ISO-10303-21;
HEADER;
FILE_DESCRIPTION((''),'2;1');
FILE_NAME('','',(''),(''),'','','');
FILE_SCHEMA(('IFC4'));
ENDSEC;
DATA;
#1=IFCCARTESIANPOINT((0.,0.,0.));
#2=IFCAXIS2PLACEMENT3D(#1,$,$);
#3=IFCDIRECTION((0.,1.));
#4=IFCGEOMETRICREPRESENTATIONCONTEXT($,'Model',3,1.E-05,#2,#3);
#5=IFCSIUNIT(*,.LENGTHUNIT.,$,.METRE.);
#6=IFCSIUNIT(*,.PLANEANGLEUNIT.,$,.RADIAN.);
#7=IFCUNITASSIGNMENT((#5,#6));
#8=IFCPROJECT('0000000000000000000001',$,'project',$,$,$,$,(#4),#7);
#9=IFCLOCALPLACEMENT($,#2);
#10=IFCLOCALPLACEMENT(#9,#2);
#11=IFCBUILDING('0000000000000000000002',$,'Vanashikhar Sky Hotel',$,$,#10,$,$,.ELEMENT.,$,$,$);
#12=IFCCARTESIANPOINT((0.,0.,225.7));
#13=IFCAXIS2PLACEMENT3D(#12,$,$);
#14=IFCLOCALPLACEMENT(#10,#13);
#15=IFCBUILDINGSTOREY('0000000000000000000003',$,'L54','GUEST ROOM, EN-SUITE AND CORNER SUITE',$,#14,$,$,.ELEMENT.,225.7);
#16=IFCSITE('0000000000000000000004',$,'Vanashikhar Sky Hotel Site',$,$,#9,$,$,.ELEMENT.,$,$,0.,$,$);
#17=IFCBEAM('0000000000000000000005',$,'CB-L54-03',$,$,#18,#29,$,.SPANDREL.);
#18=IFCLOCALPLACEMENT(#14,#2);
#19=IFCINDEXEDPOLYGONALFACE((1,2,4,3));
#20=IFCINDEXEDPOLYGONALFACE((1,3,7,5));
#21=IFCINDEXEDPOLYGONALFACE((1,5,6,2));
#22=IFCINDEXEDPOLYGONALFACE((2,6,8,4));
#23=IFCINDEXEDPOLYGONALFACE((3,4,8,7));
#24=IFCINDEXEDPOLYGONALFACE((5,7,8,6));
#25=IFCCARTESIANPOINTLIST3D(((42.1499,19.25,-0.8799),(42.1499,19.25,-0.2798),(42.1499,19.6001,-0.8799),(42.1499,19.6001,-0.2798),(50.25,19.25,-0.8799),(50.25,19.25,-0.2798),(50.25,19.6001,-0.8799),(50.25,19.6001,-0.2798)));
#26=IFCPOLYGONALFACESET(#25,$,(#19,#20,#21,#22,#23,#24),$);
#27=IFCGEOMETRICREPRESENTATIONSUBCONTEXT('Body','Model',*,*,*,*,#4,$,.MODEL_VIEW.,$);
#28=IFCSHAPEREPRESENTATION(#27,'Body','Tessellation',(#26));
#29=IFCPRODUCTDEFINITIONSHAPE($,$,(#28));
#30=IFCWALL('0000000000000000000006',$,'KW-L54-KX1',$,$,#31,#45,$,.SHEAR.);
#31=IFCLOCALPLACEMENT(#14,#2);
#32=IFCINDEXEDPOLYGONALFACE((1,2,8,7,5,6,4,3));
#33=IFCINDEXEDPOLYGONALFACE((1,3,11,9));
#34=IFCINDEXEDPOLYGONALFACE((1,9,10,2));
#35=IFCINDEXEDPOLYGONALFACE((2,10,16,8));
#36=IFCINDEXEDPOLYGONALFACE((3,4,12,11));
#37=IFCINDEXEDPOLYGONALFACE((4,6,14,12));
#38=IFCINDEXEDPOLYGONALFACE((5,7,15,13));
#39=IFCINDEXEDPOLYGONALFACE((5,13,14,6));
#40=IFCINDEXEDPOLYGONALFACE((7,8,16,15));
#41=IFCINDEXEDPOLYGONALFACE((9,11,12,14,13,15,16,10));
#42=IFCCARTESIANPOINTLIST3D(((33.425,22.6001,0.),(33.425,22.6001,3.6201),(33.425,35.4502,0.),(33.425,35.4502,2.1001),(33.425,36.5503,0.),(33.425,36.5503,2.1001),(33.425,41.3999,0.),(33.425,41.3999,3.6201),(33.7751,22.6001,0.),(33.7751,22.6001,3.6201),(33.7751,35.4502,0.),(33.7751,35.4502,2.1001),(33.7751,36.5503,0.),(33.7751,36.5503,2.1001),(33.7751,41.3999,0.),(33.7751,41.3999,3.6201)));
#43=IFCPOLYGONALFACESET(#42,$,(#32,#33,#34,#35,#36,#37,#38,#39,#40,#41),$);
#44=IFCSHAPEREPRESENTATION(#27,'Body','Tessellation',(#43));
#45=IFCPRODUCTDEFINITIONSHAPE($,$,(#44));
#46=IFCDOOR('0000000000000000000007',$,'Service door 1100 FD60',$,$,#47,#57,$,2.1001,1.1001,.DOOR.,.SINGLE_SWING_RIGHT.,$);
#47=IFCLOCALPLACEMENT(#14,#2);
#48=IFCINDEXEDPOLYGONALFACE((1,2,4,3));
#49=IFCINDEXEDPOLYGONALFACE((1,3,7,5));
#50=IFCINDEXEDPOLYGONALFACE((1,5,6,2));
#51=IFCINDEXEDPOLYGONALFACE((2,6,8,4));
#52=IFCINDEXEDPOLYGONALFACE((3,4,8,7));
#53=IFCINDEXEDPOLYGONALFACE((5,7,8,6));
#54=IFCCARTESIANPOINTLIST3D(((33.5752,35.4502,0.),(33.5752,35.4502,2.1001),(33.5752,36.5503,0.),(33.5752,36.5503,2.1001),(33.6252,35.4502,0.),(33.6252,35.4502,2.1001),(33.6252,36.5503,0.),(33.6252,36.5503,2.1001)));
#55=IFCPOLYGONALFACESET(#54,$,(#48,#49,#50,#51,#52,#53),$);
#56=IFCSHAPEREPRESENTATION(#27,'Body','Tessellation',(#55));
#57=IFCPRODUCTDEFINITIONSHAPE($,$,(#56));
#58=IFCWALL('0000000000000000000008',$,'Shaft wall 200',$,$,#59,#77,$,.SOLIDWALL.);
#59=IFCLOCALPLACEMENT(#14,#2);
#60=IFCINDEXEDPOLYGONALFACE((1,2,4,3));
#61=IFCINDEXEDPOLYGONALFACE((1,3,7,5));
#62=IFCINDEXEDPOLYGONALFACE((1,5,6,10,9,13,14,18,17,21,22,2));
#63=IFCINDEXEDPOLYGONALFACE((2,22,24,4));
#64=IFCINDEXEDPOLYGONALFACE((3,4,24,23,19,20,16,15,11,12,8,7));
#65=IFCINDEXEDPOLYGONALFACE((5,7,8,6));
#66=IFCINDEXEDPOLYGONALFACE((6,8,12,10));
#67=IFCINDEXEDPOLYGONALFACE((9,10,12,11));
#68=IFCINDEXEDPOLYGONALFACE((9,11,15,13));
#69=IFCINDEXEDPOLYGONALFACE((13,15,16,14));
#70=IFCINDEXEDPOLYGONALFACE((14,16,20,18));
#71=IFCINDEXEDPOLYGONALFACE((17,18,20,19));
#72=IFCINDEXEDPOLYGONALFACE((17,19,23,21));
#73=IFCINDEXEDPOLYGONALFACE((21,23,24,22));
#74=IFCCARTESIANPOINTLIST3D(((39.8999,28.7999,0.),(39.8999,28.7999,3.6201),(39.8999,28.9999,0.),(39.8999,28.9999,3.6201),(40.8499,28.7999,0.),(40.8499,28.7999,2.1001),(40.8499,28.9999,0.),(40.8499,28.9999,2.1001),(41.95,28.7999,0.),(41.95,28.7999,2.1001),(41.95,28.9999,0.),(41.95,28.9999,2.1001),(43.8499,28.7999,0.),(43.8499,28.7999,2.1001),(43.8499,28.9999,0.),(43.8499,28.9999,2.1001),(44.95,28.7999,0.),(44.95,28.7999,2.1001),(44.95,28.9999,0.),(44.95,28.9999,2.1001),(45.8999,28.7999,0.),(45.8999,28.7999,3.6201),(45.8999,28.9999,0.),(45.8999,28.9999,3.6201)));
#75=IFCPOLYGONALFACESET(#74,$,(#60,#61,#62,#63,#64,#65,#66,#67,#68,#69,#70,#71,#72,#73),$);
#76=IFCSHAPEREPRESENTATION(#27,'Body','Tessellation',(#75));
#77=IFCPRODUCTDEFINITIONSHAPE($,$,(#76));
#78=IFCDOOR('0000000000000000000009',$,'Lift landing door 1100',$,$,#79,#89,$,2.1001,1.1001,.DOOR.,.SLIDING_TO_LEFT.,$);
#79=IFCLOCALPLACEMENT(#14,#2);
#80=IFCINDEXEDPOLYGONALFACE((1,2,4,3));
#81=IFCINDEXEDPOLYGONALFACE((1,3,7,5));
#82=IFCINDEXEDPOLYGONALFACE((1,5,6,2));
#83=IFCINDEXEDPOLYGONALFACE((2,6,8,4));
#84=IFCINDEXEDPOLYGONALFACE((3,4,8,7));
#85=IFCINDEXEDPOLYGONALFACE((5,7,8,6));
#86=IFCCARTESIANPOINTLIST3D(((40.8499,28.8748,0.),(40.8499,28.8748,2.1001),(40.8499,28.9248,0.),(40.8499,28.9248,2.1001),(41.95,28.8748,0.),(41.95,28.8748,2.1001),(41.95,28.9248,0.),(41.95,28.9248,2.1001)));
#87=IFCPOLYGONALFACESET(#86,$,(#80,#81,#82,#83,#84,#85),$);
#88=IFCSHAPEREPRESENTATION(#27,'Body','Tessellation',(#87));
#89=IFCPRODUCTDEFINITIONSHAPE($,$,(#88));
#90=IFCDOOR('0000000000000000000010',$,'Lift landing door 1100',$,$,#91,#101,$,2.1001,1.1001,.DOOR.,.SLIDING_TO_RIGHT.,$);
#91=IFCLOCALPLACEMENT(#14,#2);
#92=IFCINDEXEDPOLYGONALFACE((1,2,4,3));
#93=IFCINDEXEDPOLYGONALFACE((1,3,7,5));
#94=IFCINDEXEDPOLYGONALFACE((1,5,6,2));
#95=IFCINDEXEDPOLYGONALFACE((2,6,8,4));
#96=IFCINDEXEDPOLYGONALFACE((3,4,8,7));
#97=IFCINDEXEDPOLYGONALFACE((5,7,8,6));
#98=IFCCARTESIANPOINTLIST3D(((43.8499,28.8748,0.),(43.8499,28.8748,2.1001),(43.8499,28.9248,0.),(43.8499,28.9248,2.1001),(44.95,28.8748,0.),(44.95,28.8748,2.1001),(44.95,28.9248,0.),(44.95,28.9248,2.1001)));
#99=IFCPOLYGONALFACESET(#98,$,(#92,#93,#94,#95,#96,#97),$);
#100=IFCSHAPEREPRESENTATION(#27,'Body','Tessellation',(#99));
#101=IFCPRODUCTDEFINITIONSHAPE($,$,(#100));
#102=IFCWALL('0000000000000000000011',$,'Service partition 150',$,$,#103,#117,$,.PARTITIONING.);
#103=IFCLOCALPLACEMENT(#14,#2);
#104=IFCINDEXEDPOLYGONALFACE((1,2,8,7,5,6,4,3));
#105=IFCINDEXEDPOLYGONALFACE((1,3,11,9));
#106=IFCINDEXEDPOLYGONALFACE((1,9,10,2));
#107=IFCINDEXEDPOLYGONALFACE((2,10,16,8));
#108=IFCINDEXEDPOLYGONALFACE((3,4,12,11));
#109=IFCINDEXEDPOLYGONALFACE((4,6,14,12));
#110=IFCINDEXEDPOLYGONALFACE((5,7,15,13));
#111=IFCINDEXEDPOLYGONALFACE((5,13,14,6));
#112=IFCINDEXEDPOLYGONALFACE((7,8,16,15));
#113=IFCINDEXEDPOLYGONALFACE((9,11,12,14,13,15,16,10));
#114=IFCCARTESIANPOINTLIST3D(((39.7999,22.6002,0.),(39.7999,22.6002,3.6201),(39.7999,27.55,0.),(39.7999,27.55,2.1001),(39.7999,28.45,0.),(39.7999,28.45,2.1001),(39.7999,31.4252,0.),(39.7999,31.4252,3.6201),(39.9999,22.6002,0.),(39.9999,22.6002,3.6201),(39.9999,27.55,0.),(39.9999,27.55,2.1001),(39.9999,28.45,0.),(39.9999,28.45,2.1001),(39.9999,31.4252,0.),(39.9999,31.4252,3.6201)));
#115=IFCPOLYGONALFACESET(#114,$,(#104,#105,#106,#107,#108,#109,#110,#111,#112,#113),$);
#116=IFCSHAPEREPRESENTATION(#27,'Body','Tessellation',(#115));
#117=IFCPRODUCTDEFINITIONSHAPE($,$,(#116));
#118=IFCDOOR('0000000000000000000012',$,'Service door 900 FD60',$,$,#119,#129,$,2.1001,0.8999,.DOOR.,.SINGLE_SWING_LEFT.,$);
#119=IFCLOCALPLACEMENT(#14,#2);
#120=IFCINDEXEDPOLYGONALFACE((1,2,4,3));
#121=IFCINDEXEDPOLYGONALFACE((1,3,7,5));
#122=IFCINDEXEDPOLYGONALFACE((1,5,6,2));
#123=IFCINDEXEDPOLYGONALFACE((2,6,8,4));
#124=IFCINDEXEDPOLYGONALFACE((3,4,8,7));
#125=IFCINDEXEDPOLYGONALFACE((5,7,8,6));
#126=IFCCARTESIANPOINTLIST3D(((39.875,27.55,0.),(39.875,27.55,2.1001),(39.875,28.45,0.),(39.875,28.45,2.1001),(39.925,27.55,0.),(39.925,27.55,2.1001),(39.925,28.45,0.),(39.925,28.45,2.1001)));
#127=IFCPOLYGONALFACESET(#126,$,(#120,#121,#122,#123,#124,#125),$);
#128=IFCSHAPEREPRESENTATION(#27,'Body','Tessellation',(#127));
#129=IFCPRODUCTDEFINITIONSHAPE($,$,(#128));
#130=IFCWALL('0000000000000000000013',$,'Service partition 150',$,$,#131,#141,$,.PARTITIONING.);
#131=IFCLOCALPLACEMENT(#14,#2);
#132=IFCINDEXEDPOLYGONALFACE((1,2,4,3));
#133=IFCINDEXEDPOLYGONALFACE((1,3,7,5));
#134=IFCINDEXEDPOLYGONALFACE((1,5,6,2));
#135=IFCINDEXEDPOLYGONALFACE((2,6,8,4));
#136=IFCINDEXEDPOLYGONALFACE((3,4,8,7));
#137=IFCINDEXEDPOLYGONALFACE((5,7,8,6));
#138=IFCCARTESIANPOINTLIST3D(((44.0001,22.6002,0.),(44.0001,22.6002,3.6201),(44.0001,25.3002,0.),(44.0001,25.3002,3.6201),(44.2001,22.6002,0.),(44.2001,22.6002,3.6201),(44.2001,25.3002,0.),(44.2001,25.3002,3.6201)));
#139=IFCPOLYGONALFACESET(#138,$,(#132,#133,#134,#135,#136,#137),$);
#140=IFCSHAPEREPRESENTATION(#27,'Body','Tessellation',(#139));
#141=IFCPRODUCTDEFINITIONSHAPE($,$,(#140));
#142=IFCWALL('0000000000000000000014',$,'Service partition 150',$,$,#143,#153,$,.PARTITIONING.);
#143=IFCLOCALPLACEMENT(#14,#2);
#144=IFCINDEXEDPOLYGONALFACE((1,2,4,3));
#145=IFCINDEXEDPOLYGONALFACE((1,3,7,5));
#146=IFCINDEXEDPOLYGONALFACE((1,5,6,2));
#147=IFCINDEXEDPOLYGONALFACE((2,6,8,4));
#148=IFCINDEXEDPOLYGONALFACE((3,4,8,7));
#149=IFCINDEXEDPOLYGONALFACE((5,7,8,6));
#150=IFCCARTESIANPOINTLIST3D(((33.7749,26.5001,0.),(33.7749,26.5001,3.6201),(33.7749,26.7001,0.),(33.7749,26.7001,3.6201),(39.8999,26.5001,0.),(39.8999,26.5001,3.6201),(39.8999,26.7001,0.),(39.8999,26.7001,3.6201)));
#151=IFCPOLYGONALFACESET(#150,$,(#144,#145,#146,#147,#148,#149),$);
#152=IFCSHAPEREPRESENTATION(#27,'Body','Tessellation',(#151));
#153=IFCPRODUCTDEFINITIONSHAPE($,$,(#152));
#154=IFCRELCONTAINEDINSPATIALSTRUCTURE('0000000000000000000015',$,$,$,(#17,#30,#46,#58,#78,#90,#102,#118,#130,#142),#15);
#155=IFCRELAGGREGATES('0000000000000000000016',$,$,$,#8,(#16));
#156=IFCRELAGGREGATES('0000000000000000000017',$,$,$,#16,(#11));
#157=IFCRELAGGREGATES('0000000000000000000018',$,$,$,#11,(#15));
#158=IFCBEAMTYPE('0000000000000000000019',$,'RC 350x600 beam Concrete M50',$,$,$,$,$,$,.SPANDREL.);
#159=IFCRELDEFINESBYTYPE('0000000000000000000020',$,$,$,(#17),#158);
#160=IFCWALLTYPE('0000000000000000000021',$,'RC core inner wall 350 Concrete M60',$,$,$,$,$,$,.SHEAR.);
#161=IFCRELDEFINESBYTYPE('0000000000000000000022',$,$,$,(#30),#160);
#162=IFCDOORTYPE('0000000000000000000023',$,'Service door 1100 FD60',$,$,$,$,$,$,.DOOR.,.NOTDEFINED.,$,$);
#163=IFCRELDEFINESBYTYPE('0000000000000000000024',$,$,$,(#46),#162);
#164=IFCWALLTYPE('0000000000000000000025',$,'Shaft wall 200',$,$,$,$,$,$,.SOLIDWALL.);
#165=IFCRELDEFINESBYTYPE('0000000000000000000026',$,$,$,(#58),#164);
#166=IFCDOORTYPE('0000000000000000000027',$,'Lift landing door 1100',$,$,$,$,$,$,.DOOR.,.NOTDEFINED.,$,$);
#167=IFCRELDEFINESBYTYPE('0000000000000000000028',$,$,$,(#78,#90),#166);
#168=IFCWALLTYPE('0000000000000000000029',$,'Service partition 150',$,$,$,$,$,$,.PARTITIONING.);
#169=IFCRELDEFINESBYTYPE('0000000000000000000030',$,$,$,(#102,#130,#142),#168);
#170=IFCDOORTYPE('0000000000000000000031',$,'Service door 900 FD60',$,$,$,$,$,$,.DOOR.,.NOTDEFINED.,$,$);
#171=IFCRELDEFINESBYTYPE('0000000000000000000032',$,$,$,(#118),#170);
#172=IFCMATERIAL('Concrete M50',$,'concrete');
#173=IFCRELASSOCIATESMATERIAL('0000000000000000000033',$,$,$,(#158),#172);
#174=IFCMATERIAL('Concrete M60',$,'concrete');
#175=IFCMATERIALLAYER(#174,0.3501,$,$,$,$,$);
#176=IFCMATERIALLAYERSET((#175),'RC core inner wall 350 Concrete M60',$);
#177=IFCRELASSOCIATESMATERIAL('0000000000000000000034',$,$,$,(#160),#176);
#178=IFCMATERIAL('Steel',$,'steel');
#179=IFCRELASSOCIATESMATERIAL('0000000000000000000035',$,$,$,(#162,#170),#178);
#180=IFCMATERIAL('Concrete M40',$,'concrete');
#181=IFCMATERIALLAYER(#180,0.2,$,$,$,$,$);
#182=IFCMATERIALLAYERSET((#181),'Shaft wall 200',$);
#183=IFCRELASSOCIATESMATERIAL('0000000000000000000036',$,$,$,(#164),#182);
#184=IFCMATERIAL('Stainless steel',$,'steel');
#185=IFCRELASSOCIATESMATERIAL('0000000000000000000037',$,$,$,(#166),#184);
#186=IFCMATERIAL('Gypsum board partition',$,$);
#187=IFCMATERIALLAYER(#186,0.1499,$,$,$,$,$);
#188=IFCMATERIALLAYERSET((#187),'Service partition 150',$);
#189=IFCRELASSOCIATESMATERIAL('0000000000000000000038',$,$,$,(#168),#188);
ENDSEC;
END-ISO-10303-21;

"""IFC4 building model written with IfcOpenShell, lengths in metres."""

from ifc_helpers import new_model, si_unit, direction, frame, frame_2d, origin, origin_2d, place, context, subcontext, project, spatial, rectangle, extrude, source, transform, mapped, material, layer, layer_set, material_profile, profile_set, type_object, element, fill, save


model = new_model("IFC4")

# Units and contexts
model_context = context("Model", 3, precision=1e-05, world=origin(), true_north=direction((0.0, 1.0)))
body_context = subcontext(model_context, "Body", "Model", "MODEL_VIEW")
ifc_project = project(units=[si_unit("LENGTHUNIT", "METRE"), si_unit("PLANEANGLEUNIT", "RADIAN")], contexts=[model_context])

# Site, building, storey
site_placement = place(None, origin())
site = spatial("IfcSite", under=ifc_project, at=site_placement, Name="Vanashikhar Sky Hotel Site", CompositionType="ELEMENT", RefElevation=0.0)
building_placement = place(site_placement, origin())
building = spatial("IfcBuilding", under=site, at=building_placement, Name="Vanashikhar Sky Hotel", CompositionType="ELEMENT")
storey_placement = place(building_placement, frame((0.0, 0.0, 225.7)))
storey = spatial("IfcBuildingStorey", under=building, at=storey_placement, Name="L54", Description="GUEST ROOM, EN-SUITE AND CORNER SUITE", CompositionType="ELEMENT", Elevation=225.7)

# Beam
ifc_material_1 = material(Name="Concrete M50", Category="concrete")
ifc_material_profile = material_profile(ifc_material_1, rectangle(XDim=0.3501, YDim=0.6001, at=origin_2d()))
ifc_profile_set = profile_set([ifc_material_profile], Name="RC 350x600 beam Concrete M50")
beam_type = type_object("IfcBeamType", Name="RC 350x600 beam Concrete M50", PredefinedType="SPANDREL", material=ifc_profile_set)
shared_shape_1 = source(origin(), body_context, "Body", "SweptSolid", [
    extrude(rectangle(XDim=0.3501, YDim=0.6001, at=origin_2d()), origin(), (0.0, 0.0, 1.0), 8.1001),
])
beam_placement = place(storey_placement, frame((42.1499, 19.425, -0.5798), z_axis=(1.0, 0.0, 0.0), x_axis=(0.0, 1.0, 0.0)))
element("IfcBeam", 1, at=beam_placement, inside=storey, type_object=beam_type, Name="CB-L54-03", PredefinedType="SPANDREL", context=body_context, shape_type="MappedRepresentation", body=[
    mapped(shared_shape_1, transform((0.0, 0.0, 0.0), scale=1.0)),
])

# Wall, opening, door
ifc_material_2 = material(Name="Concrete M60", Category="concrete")
ifc_layer_1 = layer(ifc_material_2, 0.3501)
ifc_layer_set_1 = layer_set([ifc_layer_1], Name="RC core inner wall 350 Concrete M60")
wall_type_1 = type_object("IfcWallType", Name="RC core inner wall 350 Concrete M60", PredefinedType="SHEAR", material=ifc_layer_set_1)
shared_shape_2 = source(origin(), body_context, "Body", "SweptSolid", [
    extrude(rectangle(XDim=18.7998, YDim=0.3501, at=frame_2d((9.3999, 0.0))), origin(), (0.0, 0.0, 1.0), 3.6201),
])
wall_1_placement = place(storey_placement, frame((33.6001, 22.6001, 0.0), z_axis=(0.0, 0.0, 1.0), x_axis=(0.0, 1.0, 0.0)))
wall_1 = element("IfcWall", 2, at=wall_1_placement, inside=storey, type_object=wall_type_1, Name="KW-L54-KX1", PredefinedType="SHEAR", context=body_context, shape_type="MappedRepresentation", body=[
    mapped(shared_shape_2, transform((0.0, 0.0, 0.0), scale=1.0)),
])
shared_shape_3 = source(origin(), body_context, "Body", "SweptSolid", [
    extrude(rectangle(XDim=1.1001, YDim=2.1001, at=frame_2d((0.55, 1.05))), frame((0.0, 0.1851, 0.0), z_axis=(0.0, -1.0, 0.0), x_axis=(1.0, 0.0, 0.0)), (0.0, 0.0, 1.0), 0.3701),
])
opening_1_placement = place(wall_1_placement, frame((12.8501, 0.0, 0.0)))
opening_1 = element("IfcOpeningElement", 3, at=opening_1_placement, cuts=wall_1, PredefinedType="OPENING", context=body_context, shape_type="MappedRepresentation", body=[
    mapped(shared_shape_3, transform((0.0, 0.0, 0.0), scale=1.0)),
])
ifc_material_3 = material(Name="Steel", Category="steel")
door_type_1 = type_object("IfcDoorType", Name="Service door 1100 FD60", OperationType="NOTDEFINED", PredefinedType="DOOR", material=ifc_material_3)
shared_shape_4 = source(origin(), body_context, "Body", "SweptSolid", [
    extrude(rectangle(XDim=1.1001, YDim=2.1001, at=frame_2d((0.55, 1.05))), frame((0.0, 0.0249, 0.0), z_axis=(0.0, -1.0, 0.0), x_axis=(1.0, 0.0, 0.0)), (0.0, 0.0, 1.0), 0.05),
])
door_1_placement = place(opening_1_placement, origin())
door_1 = element("IfcDoor", 4, at=door_1_placement, inside=storey, type_object=door_type_1, Name="Service door 1100 FD60", OperationType="SINGLE_SWING_RIGHT", OverallHeight=2.1001, OverallWidth=1.1001, PredefinedType="DOOR", context=body_context, shape_type="MappedRepresentation", body=[
    mapped(shared_shape_4, transform((0.0, 0.0, 0.0), scale=1.0)),
])
fill(opening_1, door_1)

# Wall, openings, doors
ifc_material_4 = material(Name="Concrete M40", Category="concrete")
ifc_layer_2 = layer(ifc_material_4, 0.2)
ifc_layer_set_2 = layer_set([ifc_layer_2], Name="Shaft wall 200")
wall_type_2 = type_object("IfcWallType", Name="Shaft wall 200", PredefinedType="SOLIDWALL", material=ifc_layer_set_2)
shared_shape_5 = source(origin(), body_context, "Body", "SweptSolid", [
    extrude(rectangle(XDim=6.0, YDim=0.2, at=frame_2d((3.0, 0.0))), origin(), (0.0, 0.0, 1.0), 3.6201),
])
wall_2_placement = place(storey_placement, frame((39.8999, 28.8999, 0.0), z_axis=(0.0, 0.0, 1.0), x_axis=(1.0, 0.0, 0.0)))
wall_2 = element("IfcWall", 5, at=wall_2_placement, inside=storey, type_object=wall_type_2, Name="Shaft wall 200", PredefinedType="SOLIDWALL", context=body_context, shape_type="MappedRepresentation", body=[
    mapped(shared_shape_5, transform((0.0, 0.0, 0.0), scale=1.0)),
])
shared_shape_6 = source(origin(), body_context, "Body", "SweptSolid", [
    extrude(rectangle(XDim=1.1001, YDim=2.1001, at=frame_2d((0.55, 1.05))), frame((0.0, 0.1099, 0.0), z_axis=(0.0, -1.0, 0.0), x_axis=(1.0, 0.0, 0.0)), (0.0, 0.0, 1.0), 0.22),
])
opening_2_placement = place(wall_2_placement, frame((0.95, 0.0, 0.0)))
opening_2 = element("IfcOpeningElement", 6, at=opening_2_placement, cuts=wall_2, PredefinedType="OPENING", context=body_context, shape_type="MappedRepresentation", body=[
    mapped(shared_shape_6, transform((0.0, 0.0, 0.0), scale=1.0)),
])
opening_3_placement = place(wall_2_placement, frame((3.95, 0.0, 0.0)))
opening_3 = element("IfcOpeningElement", 7, at=opening_3_placement, cuts=wall_2, PredefinedType="OPENING", context=body_context, shape_type="MappedRepresentation", body=[
    mapped(shared_shape_6, transform((0.0, 0.0, 0.0), scale=1.0)),
])
ifc_material_5 = material(Name="Stainless steel", Category="steel")
door_type_2 = type_object("IfcDoorType", Name="Lift landing door 1100", OperationType="NOTDEFINED", PredefinedType="DOOR", material=ifc_material_5)
door_2_placement = place(opening_2_placement, origin())
door_2 = element("IfcDoor", 8, at=door_2_placement, inside=storey, type_object=door_type_2, Name="Lift landing door 1100", OperationType="SLIDING_TO_LEFT", OverallHeight=2.1001, OverallWidth=1.1001, PredefinedType="DOOR", context=body_context, shape_type="MappedRepresentation", body=[
    mapped(shared_shape_4, transform((0.0, 0.0, 0.0), scale=1.0)),
])
fill(opening_2, door_2)
door_3_placement = place(opening_3_placement, origin())
door_3 = element("IfcDoor", 9, at=door_3_placement, inside=storey, type_object=door_type_2, Name="Lift landing door 1100", OperationType="SLIDING_TO_RIGHT", OverallHeight=2.1001, OverallWidth=1.1001, PredefinedType="DOOR", context=body_context, shape_type="MappedRepresentation", body=[
    mapped(shared_shape_4, transform((0.0, 0.0, 0.0), scale=1.0)),
])
fill(opening_3, door_3)

# Wall, opening, door
ifc_material_6 = material(Name="Gypsum board partition")
ifc_layer_3 = layer(ifc_material_6, 0.1499)
ifc_layer_set_3 = layer_set([ifc_layer_3], Name="Service partition 150")
wall_type_3 = type_object("IfcWallType", Name="Service partition 150", PredefinedType="PARTITIONING", material=ifc_layer_set_3)
shared_shape_7 = source(origin(), body_context, "Body", "SweptSolid", [
    extrude(rectangle(XDim=8.825, YDim=0.2, at=frame_2d((4.4126, 0.0))), origin(), (0.0, 0.0, 1.0), 3.6201),
])
wall_3_placement = place(storey_placement, frame((39.8999, 22.6001, 0.0), z_axis=(0.0, 0.0, 1.0), x_axis=(0.0, 1.0, 0.0)))
wall_3 = element("IfcWall", 10, at=wall_3_placement, inside=storey, type_object=wall_type_3, Name="Service partition 150", PredefinedType="PARTITIONING", context=body_context, shape_type="MappedRepresentation", body=[
    mapped(shared_shape_7, transform((0.0, 0.0, 0.0), scale=1.0)),
])
shared_shape_8 = source(origin(), body_context, "Body", "SweptSolid", [
    extrude(rectangle(XDim=0.8999, YDim=2.1001, at=frame_2d((0.45, 1.05))), frame((0.0, 0.1099, 0.0), z_axis=(0.0, -1.0, 0.0), x_axis=(1.0, 0.0, 0.0)), (0.0, 0.0, 1.0), 0.22),
])
opening_4_placement = place(wall_3_placement, frame((4.95, 0.0, 0.0)))
opening_4 = element("IfcOpeningElement", 11, at=opening_4_placement, cuts=wall_3, PredefinedType="OPENING", context=body_context, shape_type="MappedRepresentation", body=[
    mapped(shared_shape_8, transform((0.0, 0.0, 0.0), scale=1.0)),
])
door_type_3 = type_object("IfcDoorType", Name="Service door 900 FD60", OperationType="NOTDEFINED", PredefinedType="DOOR", material=ifc_material_3)
shared_shape_9 = source(origin(), body_context, "Body", "SweptSolid", [
    extrude(rectangle(XDim=0.8999, YDim=2.1001, at=frame_2d((0.45, 1.05))), frame((0.0, 0.0249, 0.0), z_axis=(0.0, -1.0, 0.0), x_axis=(1.0, 0.0, 0.0)), (0.0, 0.0, 1.0), 0.05),
])
door_4_placement = place(opening_4_placement, origin())
door_4 = element("IfcDoor", 12, at=door_4_placement, inside=storey, type_object=door_type_3, Name="Service door 900 FD60", OperationType="SINGLE_SWING_LEFT", OverallHeight=2.1001, OverallWidth=0.8999, PredefinedType="DOOR", context=body_context, shape_type="MappedRepresentation", body=[
    mapped(shared_shape_9, transform((0.0, 0.0, 0.0), scale=1.0)),
])
fill(opening_4, door_4)

# Walls
shared_shape_10 = source(origin(), body_context, "Body", "SweptSolid", [
    extrude(rectangle(XDim=2.7, YDim=0.2, at=frame_2d((1.3501, 0.0))), origin(), (0.0, 0.0, 1.0), 3.6201),
])
wall_4_placement = place(storey_placement, frame((44.1001, 22.6001, 0.0), z_axis=(0.0, 0.0, 1.0), x_axis=(0.0, 1.0, 0.0)))
element("IfcWall", 13, at=wall_4_placement, inside=storey, type_object=wall_type_3, Name="Service partition 150", PredefinedType="PARTITIONING", context=body_context, shape_type="MappedRepresentation", body=[
    mapped(shared_shape_10, transform((0.0, 0.0, 0.0), scale=1.0)),
])
shared_shape_11 = source(origin(), body_context, "Body", "SweptSolid", [
    extrude(rectangle(XDim=6.125, YDim=0.2, at=frame_2d((3.0625, 0.0))), origin(), (0.0, 0.0, 1.0), 3.6201),
])
for number, where, z_axis, x_axis, name in (
    (14, (33.7749, 26.6001, 0.0), (0.0, 0.0, 1.0), (1.0, 0.0, 0.0), "Service partition 150"),
):
    element("IfcWall", number, at=place(storey_placement, frame(where, z_axis=z_axis, x_axis=x_axis)), inside=storey, type_object=wall_type_3, Name=name, PredefinedType="PARTITIONING", context=body_context, shape_type="MappedRepresentation", body=[
        mapped(shared_shape_11, transform((0.0, 0.0, 0.0), scale=1.0)),
    ])

save(model, "model.ifc")
